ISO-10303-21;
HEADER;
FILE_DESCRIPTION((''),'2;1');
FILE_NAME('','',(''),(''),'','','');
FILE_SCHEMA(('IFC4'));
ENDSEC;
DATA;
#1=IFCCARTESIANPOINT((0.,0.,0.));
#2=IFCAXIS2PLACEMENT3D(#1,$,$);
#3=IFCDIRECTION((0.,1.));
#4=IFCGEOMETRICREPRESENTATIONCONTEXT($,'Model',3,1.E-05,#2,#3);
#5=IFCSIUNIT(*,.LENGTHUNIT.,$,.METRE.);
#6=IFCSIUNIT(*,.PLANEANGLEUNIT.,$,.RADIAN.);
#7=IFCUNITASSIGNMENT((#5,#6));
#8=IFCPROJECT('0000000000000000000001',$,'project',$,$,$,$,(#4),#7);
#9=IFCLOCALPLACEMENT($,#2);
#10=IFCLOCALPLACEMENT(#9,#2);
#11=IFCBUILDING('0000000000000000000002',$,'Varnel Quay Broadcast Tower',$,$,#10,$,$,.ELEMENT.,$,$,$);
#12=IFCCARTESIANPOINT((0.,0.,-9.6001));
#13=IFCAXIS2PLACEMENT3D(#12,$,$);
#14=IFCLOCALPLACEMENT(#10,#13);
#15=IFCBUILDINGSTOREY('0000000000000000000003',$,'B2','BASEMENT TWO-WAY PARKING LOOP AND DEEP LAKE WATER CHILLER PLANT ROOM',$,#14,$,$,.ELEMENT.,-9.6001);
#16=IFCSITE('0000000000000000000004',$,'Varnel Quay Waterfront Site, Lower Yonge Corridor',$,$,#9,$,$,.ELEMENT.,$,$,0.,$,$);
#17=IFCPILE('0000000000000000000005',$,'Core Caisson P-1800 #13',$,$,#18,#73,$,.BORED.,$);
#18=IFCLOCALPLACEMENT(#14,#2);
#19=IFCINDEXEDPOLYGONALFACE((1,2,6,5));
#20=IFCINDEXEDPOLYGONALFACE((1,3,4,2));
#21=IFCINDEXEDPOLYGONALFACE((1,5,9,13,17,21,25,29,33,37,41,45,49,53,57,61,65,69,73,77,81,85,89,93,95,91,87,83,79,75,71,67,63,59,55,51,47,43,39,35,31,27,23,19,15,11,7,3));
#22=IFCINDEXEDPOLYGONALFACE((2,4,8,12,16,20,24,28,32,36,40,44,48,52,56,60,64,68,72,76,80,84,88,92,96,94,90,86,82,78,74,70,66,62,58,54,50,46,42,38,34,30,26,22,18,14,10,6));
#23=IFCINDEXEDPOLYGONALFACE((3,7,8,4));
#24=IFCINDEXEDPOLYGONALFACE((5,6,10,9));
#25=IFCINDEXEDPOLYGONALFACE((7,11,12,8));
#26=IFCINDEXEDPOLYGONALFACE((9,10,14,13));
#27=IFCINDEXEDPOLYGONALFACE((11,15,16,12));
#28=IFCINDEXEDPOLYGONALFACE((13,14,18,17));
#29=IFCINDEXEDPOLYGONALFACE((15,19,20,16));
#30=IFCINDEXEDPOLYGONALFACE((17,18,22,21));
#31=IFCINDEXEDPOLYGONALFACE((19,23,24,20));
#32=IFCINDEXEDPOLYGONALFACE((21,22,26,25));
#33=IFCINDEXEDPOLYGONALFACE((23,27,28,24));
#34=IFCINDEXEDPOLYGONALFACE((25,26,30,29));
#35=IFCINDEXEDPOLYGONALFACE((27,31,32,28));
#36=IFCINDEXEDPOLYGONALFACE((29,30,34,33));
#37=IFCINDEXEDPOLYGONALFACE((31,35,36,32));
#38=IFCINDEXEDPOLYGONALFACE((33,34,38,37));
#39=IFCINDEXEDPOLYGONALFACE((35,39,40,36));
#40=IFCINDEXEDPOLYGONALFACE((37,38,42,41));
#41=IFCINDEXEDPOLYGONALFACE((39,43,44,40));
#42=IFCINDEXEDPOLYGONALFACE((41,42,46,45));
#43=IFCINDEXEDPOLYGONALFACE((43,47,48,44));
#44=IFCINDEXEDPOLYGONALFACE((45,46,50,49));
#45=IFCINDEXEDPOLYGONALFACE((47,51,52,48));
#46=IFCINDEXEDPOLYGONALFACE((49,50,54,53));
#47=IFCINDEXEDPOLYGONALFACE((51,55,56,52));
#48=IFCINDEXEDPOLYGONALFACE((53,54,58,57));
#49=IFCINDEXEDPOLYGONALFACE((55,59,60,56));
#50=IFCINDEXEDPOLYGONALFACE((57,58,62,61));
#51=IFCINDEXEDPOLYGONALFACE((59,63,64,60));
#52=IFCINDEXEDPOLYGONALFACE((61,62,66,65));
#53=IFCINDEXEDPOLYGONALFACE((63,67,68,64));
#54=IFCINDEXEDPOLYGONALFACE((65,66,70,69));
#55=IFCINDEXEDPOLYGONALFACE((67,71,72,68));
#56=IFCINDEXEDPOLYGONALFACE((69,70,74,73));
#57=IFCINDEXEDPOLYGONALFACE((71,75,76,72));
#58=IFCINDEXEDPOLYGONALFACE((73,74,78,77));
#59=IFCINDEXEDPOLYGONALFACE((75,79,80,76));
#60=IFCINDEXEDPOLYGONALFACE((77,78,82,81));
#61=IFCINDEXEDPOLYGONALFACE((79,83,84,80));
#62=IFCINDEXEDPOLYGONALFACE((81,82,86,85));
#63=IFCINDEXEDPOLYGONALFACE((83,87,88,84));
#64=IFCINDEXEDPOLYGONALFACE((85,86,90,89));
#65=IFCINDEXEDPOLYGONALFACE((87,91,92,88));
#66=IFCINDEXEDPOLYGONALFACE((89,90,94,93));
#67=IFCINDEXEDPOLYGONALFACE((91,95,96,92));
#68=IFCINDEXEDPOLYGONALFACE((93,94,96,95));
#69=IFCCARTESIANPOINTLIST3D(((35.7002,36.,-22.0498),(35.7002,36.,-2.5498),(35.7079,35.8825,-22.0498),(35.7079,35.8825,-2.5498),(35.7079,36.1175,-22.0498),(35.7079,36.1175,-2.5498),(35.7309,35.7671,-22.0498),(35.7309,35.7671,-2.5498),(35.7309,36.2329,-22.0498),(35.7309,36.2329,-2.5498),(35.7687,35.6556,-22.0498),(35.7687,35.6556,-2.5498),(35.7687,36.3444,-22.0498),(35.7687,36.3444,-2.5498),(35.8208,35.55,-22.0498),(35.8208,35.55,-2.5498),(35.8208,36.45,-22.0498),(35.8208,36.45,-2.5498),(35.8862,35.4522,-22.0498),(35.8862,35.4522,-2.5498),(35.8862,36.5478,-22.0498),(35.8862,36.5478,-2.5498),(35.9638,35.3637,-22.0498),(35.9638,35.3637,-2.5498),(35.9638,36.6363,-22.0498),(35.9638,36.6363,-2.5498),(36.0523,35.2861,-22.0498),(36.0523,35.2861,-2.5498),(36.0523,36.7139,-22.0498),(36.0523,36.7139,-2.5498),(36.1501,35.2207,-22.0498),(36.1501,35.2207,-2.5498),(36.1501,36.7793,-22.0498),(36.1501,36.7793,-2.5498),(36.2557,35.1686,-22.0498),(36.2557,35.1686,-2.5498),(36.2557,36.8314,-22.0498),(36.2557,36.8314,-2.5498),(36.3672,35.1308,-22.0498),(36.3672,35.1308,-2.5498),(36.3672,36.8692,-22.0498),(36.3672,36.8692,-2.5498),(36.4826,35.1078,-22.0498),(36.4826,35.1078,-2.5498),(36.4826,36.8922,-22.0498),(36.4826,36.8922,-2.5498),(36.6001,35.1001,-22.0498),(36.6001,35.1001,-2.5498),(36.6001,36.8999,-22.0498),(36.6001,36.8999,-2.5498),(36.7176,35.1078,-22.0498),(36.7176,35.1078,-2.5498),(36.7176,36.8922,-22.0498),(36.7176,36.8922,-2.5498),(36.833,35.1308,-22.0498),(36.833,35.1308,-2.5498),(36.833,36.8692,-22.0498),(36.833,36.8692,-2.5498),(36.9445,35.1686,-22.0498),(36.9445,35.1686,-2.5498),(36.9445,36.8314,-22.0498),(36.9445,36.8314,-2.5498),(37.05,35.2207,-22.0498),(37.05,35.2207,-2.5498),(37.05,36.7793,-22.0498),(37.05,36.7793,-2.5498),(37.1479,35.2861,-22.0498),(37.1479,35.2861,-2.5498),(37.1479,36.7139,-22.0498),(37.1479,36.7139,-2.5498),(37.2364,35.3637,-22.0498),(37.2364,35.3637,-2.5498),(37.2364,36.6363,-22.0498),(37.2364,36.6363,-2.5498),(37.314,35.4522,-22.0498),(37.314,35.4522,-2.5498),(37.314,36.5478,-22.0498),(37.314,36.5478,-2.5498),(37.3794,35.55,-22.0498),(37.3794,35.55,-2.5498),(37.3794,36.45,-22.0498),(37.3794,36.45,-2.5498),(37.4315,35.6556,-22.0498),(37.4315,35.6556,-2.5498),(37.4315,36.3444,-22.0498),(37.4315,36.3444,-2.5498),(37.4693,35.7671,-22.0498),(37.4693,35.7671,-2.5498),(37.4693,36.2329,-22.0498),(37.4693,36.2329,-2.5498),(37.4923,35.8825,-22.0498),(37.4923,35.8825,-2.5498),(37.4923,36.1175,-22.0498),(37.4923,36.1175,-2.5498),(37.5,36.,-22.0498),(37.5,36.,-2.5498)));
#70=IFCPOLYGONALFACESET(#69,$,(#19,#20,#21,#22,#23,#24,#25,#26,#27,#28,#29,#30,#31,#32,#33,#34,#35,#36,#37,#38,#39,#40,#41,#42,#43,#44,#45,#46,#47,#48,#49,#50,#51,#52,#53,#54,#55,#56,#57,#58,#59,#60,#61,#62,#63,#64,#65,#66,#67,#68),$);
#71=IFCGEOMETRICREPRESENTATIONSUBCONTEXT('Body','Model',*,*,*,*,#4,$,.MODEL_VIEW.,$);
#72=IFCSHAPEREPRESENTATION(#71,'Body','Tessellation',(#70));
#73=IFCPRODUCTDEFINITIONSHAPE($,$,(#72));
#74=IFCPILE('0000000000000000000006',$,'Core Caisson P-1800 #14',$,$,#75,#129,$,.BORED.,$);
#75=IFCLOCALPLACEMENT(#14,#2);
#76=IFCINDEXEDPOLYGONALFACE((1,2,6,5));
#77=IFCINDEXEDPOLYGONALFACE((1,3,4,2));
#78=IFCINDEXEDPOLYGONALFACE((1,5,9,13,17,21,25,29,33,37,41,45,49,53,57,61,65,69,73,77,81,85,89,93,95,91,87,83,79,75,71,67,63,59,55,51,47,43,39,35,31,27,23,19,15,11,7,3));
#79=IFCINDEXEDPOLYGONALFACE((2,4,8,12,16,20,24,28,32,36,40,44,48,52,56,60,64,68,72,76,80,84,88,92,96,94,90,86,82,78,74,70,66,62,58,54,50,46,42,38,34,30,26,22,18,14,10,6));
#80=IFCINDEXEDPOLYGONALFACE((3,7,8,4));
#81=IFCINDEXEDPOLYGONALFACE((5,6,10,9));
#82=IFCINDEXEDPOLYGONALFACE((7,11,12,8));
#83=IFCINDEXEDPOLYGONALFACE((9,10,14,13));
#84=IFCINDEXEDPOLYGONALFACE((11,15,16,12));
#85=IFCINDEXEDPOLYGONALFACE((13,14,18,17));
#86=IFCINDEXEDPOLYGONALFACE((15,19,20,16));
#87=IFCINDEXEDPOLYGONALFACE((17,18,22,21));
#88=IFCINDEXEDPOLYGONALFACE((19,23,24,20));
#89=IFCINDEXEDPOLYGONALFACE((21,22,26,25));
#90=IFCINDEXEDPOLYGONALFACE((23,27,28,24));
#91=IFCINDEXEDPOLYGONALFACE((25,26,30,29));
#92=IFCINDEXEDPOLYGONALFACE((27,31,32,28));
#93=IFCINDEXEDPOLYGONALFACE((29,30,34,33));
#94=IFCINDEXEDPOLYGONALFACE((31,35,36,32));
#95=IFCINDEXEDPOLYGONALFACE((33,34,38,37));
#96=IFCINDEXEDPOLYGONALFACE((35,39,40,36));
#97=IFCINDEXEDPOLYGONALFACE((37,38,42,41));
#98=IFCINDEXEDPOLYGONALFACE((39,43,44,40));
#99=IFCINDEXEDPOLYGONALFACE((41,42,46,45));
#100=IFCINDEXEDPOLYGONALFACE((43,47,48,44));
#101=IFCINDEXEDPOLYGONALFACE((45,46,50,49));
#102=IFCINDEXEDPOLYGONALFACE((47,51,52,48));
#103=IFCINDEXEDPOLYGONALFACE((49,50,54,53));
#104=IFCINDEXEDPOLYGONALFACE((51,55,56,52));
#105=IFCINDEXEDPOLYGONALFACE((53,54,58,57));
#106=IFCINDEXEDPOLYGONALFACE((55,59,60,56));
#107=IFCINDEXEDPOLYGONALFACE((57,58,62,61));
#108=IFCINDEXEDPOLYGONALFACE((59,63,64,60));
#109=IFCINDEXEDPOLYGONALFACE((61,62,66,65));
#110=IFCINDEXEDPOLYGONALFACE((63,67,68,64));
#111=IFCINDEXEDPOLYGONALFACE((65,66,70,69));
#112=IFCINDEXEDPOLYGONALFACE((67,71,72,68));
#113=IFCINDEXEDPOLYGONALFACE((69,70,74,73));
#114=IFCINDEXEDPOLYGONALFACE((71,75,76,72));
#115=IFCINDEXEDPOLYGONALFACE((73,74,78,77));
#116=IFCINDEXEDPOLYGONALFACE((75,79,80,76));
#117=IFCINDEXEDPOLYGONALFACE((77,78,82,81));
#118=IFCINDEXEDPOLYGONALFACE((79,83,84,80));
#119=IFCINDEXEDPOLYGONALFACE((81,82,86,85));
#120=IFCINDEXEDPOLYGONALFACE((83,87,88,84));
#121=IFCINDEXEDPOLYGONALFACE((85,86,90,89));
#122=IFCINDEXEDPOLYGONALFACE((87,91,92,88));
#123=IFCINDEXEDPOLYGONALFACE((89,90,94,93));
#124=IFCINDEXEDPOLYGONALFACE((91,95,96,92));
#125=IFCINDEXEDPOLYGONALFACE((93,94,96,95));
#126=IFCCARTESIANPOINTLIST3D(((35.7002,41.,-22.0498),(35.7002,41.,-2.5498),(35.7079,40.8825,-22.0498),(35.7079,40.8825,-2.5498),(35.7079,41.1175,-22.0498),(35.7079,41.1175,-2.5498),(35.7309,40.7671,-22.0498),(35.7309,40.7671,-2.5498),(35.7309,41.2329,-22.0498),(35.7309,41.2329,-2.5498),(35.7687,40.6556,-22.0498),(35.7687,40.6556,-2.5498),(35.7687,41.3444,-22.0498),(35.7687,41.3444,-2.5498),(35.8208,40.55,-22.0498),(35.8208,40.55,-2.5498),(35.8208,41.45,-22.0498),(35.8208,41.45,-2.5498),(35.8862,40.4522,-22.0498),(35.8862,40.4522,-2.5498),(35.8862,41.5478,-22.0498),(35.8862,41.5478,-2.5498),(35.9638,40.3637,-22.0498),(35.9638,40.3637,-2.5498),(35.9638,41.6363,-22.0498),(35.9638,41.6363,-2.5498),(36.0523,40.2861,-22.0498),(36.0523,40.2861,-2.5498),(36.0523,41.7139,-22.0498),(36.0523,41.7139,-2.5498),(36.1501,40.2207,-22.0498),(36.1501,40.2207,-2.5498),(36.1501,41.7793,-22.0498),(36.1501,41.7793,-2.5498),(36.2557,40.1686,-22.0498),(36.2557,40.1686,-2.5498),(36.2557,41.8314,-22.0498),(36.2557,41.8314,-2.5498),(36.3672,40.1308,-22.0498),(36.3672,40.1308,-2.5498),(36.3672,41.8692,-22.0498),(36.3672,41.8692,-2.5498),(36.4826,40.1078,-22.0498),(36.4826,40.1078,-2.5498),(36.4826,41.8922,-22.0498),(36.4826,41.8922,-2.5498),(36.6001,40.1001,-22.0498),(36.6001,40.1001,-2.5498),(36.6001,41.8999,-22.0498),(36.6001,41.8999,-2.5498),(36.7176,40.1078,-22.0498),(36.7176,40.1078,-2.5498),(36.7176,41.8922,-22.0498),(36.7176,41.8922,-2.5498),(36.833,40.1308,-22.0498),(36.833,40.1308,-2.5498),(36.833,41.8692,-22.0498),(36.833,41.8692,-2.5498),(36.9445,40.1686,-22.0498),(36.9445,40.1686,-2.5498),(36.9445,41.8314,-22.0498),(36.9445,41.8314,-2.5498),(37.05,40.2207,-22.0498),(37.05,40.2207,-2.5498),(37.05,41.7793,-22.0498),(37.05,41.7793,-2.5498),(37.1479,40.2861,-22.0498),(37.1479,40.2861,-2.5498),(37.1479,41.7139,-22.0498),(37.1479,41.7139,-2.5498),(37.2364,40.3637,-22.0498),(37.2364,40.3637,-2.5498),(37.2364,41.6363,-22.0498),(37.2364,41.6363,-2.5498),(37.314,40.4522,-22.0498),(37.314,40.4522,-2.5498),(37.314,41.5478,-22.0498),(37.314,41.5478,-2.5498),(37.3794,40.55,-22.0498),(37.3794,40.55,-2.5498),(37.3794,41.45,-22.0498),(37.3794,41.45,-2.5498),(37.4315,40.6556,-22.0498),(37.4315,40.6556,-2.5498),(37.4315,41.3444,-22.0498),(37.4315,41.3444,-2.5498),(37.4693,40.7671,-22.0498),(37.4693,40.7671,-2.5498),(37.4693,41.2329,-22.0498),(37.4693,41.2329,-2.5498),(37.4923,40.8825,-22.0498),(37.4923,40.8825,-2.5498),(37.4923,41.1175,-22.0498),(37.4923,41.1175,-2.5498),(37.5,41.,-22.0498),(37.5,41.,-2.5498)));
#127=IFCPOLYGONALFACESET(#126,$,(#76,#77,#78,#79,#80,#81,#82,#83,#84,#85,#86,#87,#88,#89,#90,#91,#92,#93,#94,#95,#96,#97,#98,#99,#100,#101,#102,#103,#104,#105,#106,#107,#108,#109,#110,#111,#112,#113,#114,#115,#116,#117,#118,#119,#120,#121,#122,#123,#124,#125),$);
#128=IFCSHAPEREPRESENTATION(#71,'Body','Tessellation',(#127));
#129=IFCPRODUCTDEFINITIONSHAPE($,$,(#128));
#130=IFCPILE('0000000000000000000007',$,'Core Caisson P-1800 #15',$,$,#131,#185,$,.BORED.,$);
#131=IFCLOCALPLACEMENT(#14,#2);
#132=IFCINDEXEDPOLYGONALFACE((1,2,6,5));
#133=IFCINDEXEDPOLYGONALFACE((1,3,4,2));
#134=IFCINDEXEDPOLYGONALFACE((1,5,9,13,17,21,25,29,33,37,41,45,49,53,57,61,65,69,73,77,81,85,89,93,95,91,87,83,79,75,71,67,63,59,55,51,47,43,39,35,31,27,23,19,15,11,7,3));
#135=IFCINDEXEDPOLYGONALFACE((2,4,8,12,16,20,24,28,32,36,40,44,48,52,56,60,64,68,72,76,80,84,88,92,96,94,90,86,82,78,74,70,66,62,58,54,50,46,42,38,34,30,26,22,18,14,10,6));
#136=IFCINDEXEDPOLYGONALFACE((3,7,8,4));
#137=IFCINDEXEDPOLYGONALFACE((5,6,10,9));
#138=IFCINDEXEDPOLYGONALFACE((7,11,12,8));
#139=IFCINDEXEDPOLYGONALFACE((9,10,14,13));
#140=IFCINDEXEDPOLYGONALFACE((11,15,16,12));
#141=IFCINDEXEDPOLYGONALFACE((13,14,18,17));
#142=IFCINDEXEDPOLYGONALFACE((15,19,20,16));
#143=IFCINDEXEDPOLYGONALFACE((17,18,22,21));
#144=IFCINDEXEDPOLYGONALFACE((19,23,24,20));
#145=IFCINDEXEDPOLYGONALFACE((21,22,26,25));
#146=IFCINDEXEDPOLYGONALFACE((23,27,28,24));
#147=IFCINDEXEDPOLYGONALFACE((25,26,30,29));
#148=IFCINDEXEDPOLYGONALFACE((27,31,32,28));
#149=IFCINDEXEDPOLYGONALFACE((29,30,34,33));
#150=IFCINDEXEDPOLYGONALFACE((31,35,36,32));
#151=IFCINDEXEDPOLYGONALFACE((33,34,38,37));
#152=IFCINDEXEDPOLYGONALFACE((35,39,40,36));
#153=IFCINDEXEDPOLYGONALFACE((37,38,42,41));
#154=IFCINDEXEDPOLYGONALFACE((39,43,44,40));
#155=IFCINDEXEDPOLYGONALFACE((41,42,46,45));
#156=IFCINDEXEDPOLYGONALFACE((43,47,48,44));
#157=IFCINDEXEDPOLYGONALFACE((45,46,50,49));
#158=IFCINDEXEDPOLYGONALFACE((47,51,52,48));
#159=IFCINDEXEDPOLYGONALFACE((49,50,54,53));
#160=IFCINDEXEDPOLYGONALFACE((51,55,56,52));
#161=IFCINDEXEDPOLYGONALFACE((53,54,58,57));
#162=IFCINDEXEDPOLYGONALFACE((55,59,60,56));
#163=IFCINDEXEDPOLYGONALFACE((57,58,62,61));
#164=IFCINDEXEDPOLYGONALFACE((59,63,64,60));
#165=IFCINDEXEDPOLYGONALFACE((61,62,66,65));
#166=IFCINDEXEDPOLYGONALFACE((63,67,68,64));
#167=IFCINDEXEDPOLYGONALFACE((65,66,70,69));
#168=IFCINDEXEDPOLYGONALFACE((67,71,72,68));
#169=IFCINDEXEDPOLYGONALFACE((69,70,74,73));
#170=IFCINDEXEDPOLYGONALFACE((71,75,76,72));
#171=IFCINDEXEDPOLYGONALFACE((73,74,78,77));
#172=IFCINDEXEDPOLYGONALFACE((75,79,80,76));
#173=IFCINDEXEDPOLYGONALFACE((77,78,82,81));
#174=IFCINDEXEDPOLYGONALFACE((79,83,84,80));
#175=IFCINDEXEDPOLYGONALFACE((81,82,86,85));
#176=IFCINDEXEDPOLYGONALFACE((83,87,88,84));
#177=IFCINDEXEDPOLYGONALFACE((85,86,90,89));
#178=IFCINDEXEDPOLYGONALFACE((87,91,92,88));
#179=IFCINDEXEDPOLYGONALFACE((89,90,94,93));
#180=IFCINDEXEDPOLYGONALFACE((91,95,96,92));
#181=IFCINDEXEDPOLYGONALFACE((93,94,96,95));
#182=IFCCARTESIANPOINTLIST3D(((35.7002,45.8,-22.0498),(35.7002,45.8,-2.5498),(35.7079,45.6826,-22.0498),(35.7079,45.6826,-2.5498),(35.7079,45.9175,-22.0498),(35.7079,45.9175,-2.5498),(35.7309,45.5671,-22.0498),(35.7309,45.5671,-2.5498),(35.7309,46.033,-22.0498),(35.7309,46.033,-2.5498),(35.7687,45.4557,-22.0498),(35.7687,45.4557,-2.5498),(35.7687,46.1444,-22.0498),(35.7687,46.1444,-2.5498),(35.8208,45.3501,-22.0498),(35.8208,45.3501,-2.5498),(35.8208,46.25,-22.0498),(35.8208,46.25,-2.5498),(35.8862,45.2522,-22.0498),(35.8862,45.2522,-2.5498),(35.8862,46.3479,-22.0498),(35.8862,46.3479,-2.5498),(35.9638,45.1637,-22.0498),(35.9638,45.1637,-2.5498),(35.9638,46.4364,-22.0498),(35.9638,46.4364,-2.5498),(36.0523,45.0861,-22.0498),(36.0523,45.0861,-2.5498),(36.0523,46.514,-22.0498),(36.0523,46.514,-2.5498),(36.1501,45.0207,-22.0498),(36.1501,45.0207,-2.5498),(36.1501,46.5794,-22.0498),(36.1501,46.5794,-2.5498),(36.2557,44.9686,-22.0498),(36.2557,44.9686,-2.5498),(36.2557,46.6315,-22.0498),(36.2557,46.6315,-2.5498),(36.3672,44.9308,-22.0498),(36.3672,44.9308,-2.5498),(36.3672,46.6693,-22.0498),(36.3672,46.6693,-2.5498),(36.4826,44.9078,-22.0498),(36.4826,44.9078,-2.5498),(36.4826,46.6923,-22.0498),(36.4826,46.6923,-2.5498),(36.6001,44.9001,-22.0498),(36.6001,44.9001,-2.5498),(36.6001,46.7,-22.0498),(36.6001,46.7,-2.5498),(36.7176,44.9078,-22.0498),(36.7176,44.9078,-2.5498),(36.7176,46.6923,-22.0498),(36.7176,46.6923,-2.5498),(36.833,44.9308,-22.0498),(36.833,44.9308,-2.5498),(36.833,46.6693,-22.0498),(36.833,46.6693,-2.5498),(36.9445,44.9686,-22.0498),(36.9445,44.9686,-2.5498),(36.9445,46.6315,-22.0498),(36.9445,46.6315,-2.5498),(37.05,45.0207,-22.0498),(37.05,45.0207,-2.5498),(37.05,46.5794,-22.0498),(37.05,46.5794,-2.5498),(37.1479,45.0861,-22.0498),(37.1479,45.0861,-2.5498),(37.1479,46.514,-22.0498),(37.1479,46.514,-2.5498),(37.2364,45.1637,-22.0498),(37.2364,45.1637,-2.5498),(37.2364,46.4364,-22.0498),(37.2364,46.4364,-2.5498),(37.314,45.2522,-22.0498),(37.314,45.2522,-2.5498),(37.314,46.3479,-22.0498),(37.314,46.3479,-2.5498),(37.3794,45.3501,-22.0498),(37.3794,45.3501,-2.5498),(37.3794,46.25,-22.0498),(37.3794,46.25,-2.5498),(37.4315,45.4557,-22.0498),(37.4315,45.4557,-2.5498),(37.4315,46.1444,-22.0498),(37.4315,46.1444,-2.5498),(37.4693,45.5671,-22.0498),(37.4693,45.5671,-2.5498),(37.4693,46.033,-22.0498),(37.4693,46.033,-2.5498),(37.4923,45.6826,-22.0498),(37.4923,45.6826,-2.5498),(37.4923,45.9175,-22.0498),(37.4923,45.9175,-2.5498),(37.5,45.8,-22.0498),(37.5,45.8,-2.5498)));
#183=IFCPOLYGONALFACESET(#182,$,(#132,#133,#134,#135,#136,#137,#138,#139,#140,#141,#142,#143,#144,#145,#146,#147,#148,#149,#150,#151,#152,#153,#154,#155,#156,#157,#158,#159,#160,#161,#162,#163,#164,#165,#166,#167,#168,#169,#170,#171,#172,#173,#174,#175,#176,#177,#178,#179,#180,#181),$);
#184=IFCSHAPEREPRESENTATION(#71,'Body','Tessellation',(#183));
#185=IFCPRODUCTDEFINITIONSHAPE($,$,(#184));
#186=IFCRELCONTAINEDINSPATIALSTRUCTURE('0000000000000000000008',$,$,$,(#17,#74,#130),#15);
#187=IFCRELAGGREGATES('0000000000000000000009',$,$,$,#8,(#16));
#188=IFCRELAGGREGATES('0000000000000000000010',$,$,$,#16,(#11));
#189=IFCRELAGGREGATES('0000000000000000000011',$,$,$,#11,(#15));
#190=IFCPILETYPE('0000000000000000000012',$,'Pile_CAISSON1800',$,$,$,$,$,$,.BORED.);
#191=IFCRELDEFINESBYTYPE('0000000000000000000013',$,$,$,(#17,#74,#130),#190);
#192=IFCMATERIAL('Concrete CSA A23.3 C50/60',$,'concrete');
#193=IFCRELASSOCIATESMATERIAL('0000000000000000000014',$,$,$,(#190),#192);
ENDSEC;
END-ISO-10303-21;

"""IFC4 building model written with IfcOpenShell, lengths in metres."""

from ifc_helpers import new_model, si_unit, direction, frame, origin, origin_2d, place, context, subcontext, project, spatial, circle, extrude, source, transform, mapped, material, material_profile, profile_set, type_object, type_shapes, element, save


model = new_model("IFC4")

# Units and contexts
model_context = context("Model", 3, precision=1e-05, world=origin(), true_north=direction((0.0, 1.0)))
body_context = subcontext(model_context, "Body", "Model", "MODEL_VIEW")
ifc_project = project(units=[si_unit("LENGTHUNIT", "METRE"), si_unit("PLANEANGLEUNIT", "RADIAN")], contexts=[model_context])

# Site, building, storey
site_placement = place(None, origin())
site = spatial("IfcSite", under=ifc_project, at=site_placement, Name="Varnel Quay Waterfront Site, Lower Yonge Corridor", CompositionType="ELEMENT", RefElevation=0.0)
building_placement = place(site_placement, origin())
building = spatial("IfcBuilding", under=site, at=building_placement, Name="Varnel Quay Broadcast Tower", CompositionType="ELEMENT")
storey_placement = place(building_placement, frame((0.0, 0.0, -9.6001)))
storey = spatial("IfcBuildingStorey", under=building, at=storey_placement, Name="B2", Description="BASEMENT TWO-WAY PARKING LOOP AND DEEP LAKE WATER CHILLER PLANT ROOM", CompositionType="ELEMENT", Elevation=-9.6001)

# Piles
ifc_material_1 = material(Name="Concrete CSA A23.3 C50/60", Category="concrete")
ifc_material_profile_1 = material_profile(ifc_material_1, circle(Radius=0.8999, at=origin_2d()), Name="CAISSON1800")
ifc_profile_set_1 = profile_set([ifc_material_profile_1], Name="Concrete CSA A23.3 C50/60")
pile_type = type_object("IfcPileType", Name="Pile_CAISSON1800", PredefinedType="BORED", material=ifc_profile_set_1)
shared_shape_1 = source(origin(), body_context, "Body", "SweptSolid", [
    extrude(circle(Radius=0.8999, at=origin_2d()), origin(), (0.0, 0.0, 1.0), 19.5),
])
type_shapes(pile_type, [shared_shape_1])
for number, where, z_axis, x_axis, name in (
    (1, (36.6001, 36.0, -2.5498), (0.0, 0.0, -1.0), (1.0, 0.0, 0.0), "Core Caisson P-1800 #13"),
    (2, (36.6001, 41.0, -2.5498), (0.0, 0.0, -1.0), (1.0, 0.0, 0.0), "Core Caisson P-1800 #14"),
    (3, (36.6001, 45.8, -2.5498), (0.0, 0.0, -1.0), (1.0, 0.0, 0.0), "Core Caisson P-1800 #15"),
):
    element("IfcPile", number, at=place(storey_placement, frame(where, z_axis=z_axis, x_axis=x_axis)), inside=storey, type_object=pile_type, Name=name, PredefinedType="BORED", context=body_context, shape_type="MappedRepresentation", body=[
        mapped(shared_shape_1, transform((0.0, 0.0, 0.0), x_axis=(1.0, 0.0, 0.0), y_axis=(0.0, 1.0, 0.0), z_axis=(0.0, 0.0, 1.0), scale=1.0)),
    ])

save(model, "model.ifc")
